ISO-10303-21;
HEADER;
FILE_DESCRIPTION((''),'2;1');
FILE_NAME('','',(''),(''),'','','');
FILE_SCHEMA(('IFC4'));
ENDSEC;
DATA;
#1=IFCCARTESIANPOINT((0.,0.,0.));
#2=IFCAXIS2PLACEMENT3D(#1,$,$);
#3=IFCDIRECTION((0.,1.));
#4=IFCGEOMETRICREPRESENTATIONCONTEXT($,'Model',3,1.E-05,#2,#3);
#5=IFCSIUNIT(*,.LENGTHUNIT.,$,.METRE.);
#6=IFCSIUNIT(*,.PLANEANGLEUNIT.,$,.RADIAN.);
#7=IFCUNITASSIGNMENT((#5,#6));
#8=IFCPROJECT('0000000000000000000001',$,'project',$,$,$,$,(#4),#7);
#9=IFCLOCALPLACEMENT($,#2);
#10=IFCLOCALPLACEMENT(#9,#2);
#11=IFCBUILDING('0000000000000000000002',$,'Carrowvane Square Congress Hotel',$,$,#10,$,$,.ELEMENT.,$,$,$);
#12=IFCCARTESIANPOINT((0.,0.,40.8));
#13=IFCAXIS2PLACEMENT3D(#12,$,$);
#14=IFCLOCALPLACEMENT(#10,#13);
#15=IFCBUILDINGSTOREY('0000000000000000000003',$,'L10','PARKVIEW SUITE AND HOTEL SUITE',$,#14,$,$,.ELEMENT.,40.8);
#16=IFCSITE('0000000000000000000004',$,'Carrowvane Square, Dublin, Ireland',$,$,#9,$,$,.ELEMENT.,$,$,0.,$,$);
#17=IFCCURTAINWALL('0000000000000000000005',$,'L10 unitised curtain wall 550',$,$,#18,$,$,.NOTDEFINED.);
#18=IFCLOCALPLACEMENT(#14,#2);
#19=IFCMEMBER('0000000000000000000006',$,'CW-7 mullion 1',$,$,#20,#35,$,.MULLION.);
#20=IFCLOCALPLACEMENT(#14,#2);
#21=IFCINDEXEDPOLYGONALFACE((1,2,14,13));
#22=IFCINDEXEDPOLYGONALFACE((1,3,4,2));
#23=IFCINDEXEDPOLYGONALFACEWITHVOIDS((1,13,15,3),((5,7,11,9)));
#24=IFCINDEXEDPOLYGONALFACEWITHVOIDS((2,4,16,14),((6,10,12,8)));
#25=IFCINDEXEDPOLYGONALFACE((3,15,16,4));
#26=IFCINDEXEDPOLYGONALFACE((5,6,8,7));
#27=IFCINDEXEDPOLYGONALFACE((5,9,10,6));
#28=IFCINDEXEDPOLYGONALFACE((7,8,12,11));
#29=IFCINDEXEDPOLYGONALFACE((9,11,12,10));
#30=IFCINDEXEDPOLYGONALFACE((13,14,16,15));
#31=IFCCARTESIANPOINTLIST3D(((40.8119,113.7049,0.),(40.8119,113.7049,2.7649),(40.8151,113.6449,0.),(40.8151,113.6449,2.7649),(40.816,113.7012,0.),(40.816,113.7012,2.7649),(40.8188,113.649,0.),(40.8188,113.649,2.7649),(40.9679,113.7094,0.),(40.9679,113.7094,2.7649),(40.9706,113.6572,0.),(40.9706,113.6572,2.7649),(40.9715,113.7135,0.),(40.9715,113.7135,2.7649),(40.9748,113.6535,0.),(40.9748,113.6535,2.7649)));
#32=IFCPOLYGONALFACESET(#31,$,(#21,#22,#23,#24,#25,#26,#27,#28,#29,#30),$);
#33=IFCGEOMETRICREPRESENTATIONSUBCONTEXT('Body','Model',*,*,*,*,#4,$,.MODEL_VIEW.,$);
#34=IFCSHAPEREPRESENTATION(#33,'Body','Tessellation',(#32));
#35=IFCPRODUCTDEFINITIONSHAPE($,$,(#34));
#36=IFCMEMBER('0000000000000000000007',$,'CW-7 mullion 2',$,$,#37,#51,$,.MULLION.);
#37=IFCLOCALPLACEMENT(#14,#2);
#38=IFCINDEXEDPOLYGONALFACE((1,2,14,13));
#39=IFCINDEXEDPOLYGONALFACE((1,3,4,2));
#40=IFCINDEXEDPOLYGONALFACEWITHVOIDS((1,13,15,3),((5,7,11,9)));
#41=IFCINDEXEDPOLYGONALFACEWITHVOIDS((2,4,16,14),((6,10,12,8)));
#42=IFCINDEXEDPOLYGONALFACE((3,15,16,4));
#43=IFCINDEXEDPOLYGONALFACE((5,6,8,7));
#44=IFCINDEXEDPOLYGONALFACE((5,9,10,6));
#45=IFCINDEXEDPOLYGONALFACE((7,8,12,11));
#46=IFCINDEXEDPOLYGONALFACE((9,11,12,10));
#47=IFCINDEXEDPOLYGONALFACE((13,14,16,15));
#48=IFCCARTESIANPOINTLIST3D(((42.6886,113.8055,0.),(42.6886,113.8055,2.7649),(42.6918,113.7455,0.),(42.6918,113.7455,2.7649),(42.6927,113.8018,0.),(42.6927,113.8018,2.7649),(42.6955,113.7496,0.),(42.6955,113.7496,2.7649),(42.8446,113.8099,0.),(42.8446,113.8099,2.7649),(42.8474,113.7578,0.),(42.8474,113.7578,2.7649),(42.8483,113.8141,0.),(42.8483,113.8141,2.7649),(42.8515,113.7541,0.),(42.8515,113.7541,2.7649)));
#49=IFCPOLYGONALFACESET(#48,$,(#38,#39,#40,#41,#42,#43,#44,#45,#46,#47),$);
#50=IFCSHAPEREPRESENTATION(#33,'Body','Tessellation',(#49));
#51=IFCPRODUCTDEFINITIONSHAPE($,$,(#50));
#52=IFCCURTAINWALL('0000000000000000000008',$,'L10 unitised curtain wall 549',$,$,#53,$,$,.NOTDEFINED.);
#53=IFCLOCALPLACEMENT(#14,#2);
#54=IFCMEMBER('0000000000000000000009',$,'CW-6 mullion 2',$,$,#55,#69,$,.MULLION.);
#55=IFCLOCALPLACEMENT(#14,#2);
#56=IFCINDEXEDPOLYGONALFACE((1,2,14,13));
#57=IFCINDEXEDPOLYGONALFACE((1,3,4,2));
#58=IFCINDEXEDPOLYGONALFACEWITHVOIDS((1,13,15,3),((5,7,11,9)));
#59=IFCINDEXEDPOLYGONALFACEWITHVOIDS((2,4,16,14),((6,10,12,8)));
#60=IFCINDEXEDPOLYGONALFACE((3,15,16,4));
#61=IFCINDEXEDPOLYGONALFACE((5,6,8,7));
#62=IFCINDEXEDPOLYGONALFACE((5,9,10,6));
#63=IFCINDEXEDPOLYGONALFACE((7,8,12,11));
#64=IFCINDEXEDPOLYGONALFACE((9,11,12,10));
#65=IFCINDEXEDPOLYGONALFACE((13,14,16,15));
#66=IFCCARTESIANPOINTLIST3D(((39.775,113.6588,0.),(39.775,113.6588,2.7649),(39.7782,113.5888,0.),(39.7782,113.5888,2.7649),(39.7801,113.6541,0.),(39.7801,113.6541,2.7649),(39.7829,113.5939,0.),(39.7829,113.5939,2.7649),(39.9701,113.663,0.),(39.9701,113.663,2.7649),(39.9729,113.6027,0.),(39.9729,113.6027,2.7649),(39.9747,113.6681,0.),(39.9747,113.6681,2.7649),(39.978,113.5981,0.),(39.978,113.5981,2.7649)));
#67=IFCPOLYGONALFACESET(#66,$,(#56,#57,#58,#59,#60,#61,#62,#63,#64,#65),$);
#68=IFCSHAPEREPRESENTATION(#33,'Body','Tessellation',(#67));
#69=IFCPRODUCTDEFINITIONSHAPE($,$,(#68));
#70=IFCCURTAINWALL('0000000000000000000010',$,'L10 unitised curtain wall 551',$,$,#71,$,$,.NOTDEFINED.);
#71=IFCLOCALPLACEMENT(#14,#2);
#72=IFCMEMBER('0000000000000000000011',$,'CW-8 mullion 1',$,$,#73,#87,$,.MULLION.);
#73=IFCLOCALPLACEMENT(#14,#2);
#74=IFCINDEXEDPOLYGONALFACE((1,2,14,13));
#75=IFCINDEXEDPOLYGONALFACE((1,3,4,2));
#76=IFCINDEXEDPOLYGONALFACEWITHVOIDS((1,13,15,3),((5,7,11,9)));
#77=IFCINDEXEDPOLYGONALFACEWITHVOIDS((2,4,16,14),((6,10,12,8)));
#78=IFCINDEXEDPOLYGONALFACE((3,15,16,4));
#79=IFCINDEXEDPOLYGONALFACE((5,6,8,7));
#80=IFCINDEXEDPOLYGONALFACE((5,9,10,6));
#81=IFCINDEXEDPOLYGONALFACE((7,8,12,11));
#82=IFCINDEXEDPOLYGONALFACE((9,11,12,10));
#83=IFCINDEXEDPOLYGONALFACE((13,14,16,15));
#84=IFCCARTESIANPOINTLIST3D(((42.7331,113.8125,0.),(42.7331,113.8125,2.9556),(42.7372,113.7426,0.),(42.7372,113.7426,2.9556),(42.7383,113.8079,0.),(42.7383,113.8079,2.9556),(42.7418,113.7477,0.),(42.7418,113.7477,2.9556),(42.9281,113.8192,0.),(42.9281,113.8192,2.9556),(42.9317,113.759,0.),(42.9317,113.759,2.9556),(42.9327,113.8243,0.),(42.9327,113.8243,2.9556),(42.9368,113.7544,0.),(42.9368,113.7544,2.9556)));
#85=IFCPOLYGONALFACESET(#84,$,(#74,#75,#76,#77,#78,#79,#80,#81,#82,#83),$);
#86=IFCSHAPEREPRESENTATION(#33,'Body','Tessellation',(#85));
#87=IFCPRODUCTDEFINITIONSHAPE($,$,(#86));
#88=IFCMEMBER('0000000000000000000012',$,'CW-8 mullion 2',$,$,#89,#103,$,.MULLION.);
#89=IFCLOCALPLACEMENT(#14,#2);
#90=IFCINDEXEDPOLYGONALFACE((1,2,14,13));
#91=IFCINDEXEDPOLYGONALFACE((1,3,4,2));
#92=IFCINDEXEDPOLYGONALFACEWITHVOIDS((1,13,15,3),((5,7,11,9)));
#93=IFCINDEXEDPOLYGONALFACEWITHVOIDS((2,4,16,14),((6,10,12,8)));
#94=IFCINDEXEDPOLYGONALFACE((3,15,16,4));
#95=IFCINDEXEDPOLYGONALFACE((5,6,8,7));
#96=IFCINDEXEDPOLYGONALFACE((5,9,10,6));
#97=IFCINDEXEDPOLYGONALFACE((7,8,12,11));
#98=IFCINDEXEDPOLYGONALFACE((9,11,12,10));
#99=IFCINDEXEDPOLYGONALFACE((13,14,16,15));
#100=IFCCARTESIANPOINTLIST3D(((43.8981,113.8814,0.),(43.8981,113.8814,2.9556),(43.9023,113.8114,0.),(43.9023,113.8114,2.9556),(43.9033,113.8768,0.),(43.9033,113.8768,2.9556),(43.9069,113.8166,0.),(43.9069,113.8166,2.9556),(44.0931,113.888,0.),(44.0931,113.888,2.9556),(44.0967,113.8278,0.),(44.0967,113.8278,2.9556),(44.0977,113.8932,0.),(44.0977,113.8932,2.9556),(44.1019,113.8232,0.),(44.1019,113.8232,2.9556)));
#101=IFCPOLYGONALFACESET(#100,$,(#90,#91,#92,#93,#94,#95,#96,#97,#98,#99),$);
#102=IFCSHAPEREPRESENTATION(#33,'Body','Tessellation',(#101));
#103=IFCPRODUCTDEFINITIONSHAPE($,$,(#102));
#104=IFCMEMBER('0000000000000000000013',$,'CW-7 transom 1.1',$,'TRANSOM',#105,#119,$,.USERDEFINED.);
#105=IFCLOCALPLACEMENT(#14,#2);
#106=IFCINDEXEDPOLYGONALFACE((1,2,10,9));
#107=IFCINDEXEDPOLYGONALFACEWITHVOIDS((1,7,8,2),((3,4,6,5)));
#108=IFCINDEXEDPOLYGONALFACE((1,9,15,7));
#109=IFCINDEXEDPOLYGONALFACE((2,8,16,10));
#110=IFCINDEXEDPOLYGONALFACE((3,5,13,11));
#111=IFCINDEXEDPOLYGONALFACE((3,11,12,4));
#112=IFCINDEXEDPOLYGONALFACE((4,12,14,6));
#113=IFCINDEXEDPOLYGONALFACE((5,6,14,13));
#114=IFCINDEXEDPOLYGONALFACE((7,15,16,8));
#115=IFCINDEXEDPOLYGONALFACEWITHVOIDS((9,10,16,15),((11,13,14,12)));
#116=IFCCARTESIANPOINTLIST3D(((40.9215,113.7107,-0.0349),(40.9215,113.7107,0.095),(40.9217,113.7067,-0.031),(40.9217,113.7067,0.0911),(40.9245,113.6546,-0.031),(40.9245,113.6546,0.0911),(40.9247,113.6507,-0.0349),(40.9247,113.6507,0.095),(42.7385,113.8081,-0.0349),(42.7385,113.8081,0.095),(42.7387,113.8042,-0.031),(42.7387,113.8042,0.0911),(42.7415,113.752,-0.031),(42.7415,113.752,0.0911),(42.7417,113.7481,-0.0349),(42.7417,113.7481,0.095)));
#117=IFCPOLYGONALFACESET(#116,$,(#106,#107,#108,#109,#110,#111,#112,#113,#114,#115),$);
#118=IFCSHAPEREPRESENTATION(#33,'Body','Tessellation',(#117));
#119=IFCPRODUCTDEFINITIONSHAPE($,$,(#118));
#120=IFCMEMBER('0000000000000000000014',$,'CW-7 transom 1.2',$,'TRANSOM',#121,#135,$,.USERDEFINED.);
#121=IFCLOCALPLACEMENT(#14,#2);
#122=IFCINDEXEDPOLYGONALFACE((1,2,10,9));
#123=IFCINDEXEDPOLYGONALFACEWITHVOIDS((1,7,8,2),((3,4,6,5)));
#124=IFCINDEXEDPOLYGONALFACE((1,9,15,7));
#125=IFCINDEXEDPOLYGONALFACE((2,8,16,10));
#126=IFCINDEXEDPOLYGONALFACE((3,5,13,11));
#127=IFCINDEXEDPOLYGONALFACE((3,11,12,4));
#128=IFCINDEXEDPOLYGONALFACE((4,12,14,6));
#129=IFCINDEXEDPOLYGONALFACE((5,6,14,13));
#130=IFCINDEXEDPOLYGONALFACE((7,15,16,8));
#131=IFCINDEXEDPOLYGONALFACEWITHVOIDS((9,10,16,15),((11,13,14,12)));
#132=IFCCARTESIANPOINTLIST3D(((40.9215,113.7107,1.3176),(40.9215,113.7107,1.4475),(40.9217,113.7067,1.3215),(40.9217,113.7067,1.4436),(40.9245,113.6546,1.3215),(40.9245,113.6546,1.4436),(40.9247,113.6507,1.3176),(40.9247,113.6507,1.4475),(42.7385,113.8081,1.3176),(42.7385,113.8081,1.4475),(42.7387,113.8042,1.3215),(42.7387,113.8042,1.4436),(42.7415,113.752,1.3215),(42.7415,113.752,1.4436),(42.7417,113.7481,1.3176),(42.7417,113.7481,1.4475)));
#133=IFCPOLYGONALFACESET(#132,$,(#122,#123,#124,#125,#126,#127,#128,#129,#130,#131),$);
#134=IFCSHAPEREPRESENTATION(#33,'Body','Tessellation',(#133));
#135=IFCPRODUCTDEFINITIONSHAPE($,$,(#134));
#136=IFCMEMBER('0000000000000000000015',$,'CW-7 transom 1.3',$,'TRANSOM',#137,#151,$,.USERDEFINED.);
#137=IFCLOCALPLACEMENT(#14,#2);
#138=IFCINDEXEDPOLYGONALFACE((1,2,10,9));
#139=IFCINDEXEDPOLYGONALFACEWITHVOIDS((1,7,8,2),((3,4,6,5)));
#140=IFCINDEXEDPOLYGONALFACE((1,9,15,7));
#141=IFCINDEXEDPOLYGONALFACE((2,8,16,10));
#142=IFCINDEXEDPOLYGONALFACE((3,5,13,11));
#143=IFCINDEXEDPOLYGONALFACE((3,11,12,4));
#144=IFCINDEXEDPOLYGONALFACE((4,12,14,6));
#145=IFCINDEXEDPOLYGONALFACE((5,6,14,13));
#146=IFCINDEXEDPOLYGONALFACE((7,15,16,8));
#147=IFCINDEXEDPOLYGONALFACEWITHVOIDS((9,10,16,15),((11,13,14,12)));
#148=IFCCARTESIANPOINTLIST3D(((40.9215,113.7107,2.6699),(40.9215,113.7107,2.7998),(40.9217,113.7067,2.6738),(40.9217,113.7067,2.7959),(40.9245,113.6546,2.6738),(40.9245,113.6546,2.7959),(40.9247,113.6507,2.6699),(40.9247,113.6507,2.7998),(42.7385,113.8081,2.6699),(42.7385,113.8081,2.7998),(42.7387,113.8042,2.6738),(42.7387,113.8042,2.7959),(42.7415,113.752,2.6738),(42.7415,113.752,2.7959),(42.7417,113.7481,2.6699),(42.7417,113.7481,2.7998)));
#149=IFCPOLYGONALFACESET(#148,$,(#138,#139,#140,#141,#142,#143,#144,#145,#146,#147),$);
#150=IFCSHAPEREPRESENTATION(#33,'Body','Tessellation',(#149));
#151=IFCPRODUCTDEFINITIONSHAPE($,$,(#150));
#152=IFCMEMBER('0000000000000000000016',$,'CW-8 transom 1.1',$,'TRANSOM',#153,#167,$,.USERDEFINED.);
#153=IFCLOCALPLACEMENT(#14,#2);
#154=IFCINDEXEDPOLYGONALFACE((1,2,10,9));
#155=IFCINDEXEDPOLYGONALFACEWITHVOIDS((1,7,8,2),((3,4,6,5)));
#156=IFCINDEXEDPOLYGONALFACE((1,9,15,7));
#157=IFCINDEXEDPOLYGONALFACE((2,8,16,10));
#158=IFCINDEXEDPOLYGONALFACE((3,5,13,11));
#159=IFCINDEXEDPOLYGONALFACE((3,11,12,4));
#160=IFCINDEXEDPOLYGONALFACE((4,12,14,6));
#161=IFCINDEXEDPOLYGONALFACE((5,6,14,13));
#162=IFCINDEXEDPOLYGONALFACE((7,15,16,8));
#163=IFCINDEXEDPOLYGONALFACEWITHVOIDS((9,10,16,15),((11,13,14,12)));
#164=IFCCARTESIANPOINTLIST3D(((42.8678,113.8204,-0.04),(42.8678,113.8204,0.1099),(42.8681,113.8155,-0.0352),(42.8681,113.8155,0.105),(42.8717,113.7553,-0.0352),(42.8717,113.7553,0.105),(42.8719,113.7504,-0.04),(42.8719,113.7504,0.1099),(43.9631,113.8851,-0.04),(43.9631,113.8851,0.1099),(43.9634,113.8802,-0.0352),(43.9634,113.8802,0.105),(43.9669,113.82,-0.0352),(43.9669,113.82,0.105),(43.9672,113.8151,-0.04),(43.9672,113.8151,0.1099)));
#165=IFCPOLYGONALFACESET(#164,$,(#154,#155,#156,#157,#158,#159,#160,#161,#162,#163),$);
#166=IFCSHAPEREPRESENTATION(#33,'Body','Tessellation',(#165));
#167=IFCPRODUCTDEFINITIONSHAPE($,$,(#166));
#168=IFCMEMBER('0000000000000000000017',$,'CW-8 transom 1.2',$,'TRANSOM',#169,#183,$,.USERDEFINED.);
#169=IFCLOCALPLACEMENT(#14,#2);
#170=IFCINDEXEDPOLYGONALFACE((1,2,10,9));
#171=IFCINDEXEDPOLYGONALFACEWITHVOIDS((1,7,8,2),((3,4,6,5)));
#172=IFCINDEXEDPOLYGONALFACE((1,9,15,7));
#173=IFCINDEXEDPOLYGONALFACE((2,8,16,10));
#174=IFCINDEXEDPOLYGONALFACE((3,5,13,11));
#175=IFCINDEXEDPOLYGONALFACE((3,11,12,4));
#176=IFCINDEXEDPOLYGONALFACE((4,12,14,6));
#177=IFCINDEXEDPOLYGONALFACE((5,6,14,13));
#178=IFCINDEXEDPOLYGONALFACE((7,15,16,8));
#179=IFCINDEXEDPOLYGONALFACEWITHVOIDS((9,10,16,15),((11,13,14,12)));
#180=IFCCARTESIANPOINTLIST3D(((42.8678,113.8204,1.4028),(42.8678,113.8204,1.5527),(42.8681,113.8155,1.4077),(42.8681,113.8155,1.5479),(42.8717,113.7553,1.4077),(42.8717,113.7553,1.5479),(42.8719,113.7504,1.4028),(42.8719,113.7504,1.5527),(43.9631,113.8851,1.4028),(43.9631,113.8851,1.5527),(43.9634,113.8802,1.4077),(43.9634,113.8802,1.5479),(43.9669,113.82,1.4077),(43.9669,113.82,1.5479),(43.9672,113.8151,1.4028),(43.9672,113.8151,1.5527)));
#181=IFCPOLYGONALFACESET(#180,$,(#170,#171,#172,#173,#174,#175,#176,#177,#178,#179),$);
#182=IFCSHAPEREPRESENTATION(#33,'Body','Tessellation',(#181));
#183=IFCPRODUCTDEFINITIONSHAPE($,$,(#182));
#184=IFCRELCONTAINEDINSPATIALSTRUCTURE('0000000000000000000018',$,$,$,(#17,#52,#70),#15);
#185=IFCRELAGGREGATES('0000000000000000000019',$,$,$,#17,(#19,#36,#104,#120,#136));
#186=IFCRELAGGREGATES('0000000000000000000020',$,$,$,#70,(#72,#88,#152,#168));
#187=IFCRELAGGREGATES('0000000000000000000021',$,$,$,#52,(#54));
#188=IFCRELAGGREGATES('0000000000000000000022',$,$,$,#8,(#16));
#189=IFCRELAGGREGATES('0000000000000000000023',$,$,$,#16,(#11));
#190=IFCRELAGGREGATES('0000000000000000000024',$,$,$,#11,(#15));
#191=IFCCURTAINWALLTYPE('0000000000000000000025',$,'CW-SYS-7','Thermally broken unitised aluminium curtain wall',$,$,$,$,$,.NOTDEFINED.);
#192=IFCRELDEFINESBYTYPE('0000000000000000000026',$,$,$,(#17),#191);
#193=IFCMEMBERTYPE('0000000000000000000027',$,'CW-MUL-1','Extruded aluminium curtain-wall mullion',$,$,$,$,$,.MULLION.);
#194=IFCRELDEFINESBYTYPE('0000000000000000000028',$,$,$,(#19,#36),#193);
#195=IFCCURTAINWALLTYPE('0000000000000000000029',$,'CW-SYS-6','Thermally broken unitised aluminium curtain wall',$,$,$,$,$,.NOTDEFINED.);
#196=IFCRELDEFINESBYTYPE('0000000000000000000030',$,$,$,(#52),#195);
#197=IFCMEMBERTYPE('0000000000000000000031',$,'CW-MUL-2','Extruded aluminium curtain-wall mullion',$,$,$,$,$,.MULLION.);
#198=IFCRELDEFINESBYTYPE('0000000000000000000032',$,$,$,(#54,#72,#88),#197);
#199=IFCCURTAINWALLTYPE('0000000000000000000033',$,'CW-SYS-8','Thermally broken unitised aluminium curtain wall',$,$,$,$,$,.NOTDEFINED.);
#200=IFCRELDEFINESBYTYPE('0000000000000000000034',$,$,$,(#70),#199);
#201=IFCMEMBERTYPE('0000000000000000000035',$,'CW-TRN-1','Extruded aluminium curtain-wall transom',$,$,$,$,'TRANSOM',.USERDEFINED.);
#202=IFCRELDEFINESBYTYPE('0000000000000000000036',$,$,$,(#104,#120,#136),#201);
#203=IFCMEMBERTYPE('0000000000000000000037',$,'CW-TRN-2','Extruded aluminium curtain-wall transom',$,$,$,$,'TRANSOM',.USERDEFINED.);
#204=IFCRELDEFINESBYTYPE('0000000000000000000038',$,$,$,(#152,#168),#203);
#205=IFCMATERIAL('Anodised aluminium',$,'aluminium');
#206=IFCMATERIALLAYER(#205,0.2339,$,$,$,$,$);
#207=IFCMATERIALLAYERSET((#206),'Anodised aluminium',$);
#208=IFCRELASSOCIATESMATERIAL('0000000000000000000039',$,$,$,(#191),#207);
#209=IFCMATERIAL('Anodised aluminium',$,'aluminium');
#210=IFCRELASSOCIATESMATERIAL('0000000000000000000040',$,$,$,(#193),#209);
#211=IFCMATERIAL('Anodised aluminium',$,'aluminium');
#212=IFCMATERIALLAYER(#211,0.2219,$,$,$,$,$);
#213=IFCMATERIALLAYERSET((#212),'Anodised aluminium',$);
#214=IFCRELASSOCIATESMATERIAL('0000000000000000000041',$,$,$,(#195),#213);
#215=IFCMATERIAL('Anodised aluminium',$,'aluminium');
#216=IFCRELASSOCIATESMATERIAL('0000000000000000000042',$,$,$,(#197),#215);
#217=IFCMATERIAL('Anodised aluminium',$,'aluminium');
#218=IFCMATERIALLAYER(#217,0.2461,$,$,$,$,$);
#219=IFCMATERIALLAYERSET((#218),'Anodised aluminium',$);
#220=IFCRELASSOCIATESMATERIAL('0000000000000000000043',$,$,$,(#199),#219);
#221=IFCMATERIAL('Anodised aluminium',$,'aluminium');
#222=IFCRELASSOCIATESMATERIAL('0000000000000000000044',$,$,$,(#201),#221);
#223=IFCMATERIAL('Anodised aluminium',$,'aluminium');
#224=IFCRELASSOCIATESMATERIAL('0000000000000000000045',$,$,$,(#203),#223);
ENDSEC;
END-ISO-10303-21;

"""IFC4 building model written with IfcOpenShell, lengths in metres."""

from ifc_helpers import new_model, si_unit, direction, frame, origin, origin_2d, place, context, subcontext, project, spatial, hollow_rectangle, extrude, material, layer, layer_set, material_profile, profile_set, type_object, element, aggregate, save


model = new_model("IFC4")

# Units and contexts
model_context = context("Model", 3, precision=1e-05, world=origin(), true_north=direction((0.0, 1.0)))
body_context = subcontext(model_context, "Body", "Model", "MODEL_VIEW")
ifc_project = project(units=[si_unit("LENGTHUNIT", "METRE"), si_unit("PLANEANGLEUNIT", "RADIAN")], contexts=[model_context])

# Site, building, storey
site_placement = place(None, origin())
site = spatial("IfcSite", under=ifc_project, at=site_placement, Name="Carrowvane Square, Dublin, Ireland", CompositionType="ELEMENT", RefElevation=0.0)
building_placement = place(site_placement, origin())
building = spatial("IfcBuilding", under=site, at=building_placement, Name="Carrowvane Square Congress Hotel", CompositionType="ELEMENT")
storey_placement = place(building_placement, frame((0.0, 0.0, 40.8)))
storey = spatial("IfcBuildingStorey", under=building, at=storey_placement, Name="L10", Description="PARKVIEW SUITE AND HOTEL SUITE", CompositionType="ELEMENT", Elevation=40.8)

# Curtain wall, members
ifc_material_1 = material(Name="Anodised aluminium", Category="aluminium")
ifc_layer_1 = layer(ifc_material_1, 0.2339)
ifc_layer_set_1 = layer_set([ifc_layer_1], Name="Anodised aluminium")
curtain_wall_type_1 = type_object("IfcCurtainWallType", Name="CW-SYS-7", Description="Thermally broken unitised aluminium curtain wall", PredefinedType="NOTDEFINED", material=ifc_layer_set_1)
curtain_wall_1_placement = place(storey_placement, origin())
curtain_wall_1 = element("IfcCurtainWall", 1, at=curtain_wall_1_placement, inside=storey, type_object=curtain_wall_type_1, Name="L10 unitised curtain wall 550", PredefinedType="NOTDEFINED")
ifc_material_2 = material(Name="Anodised aluminium", Category="aluminium")
ifc_material_profile_1 = material_profile(ifc_material_2, hollow_rectangle(XDim=0.0601, YDim=0.1599, WallThickness=0.0039, at=origin_2d()), Name="CW-ML 60x160x4")
ifc_profile_set_1 = profile_set([ifc_material_profile_1], Name="Anodised aluminium")
member_type_1 = type_object("IfcMemberType", Name="CW-MUL-1", Description="Extruded aluminium curtain-wall mullion", PredefinedType="MULLION", material=ifc_profile_set_1)
member_1_placement = place(storey_placement, frame((40.8933, 113.6792, 0.0), z_axis=(0.0, 0.0, 1.0), x_axis=(-0.053514, 0.998567, 0.0)))
member_1 = element("IfcMember", 2, at=member_1_placement, type_object=member_type_1, Name="CW-7 mullion 1", PredefinedType="MULLION", context=body_context, shape_type="SweptSolid", body=[
    extrude(hollow_rectangle(XDim=0.0601, YDim=0.1599, WallThickness=0.0039, at=origin_2d()), origin(), (0.0, 0.0, 1.0), 2.7649),
])
member_2_placement = place(storey_placement, frame((42.77, 113.7798, 0.0), z_axis=(0.0, 0.0, 1.0), x_axis=(-0.053514, 0.998567, 0.0)))
member_2 = element("IfcMember", 3, at=member_2_placement, type_object=member_type_1, Name="CW-7 mullion 2", PredefinedType="MULLION", context=body_context, shape_type="SweptSolid", body=[
    extrude(hollow_rectangle(XDim=0.0601, YDim=0.1599, WallThickness=0.0039, at=origin_2d()), origin(), (0.0, 0.0, 1.0), 2.7649),
])

# Curtain wall, member
ifc_material_3 = material(Name="Anodised aluminium", Category="aluminium")
ifc_layer_2 = layer(ifc_material_3, 0.2219)
ifc_layer_set_2 = layer_set([ifc_layer_2], Name="Anodised aluminium")
curtain_wall_type_2 = type_object("IfcCurtainWallType", Name="CW-SYS-6", Description="Thermally broken unitised aluminium curtain wall", PredefinedType="NOTDEFINED", material=ifc_layer_set_2)
curtain_wall_2_placement = place(storey_placement, origin())
curtain_wall_2 = element("IfcCurtainWall", 4, at=curtain_wall_2_placement, inside=storey, type_object=curtain_wall_type_2, Name="L10 unitised curtain wall 549", PredefinedType="NOTDEFINED")
ifc_material_4 = material(Name="Anodised aluminium", Category="aluminium")
ifc_material_profile_2 = material_profile(ifc_material_4, hollow_rectangle(XDim=0.0701, YDim=0.2, WallThickness=0.0049, at=origin_2d()), Name="CW-ML 70x200x5")
ifc_profile_set_2 = profile_set([ifc_material_profile_2], Name="Anodised aluminium")
member_type_2 = type_object("IfcMemberType", Name="CW-MUL-2", Description="Extruded aluminium curtain-wall mullion", PredefinedType="MULLION", material=ifc_profile_set_2)
member_3_placement = place(storey_placement, frame((39.8765, 113.6284, 0.0), z_axis=(0.0, 0.0, 1.0), x_axis=(-0.046522, 0.998917, 0.0)))
member_3 = element("IfcMember", 5, at=member_3_placement, type_object=member_type_2, Name="CW-6 mullion 2", PredefinedType="MULLION", context=body_context, shape_type="SweptSolid", body=[
    extrude(hollow_rectangle(XDim=0.0701, YDim=0.2, WallThickness=0.0049, at=origin_2d()), origin(), (0.0, 0.0, 1.0), 2.7649),
])

# Curtain wall, members
ifc_material_5 = material(Name="Anodised aluminium", Category="aluminium")
ifc_layer_3 = layer(ifc_material_5, 0.2461)
ifc_layer_set_3 = layer_set([ifc_layer_3], Name="Anodised aluminium")
curtain_wall_type_3 = type_object("IfcCurtainWallType", Name="CW-SYS-8", Description="Thermally broken unitised aluminium curtain wall", PredefinedType="NOTDEFINED", material=ifc_layer_set_3)
curtain_wall_3_placement = place(storey_placement, origin())
curtain_wall_3 = element("IfcCurtainWall", 6, at=curtain_wall_3_placement, inside=storey, type_object=curtain_wall_type_3, Name="L10 unitised curtain wall 551", PredefinedType="NOTDEFINED")
member_4_placement = place(storey_placement, frame((42.835, 113.7834, 0.0), z_axis=(0.0, 0.0, 1.0), x_axis=(-0.058989, 0.998259, 0.0)))
member_4 = element("IfcMember", 7, at=member_4_placement, type_object=member_type_2, Name="CW-8 mullion 1", PredefinedType="MULLION", context=body_context, shape_type="SweptSolid", body=[
    extrude(hollow_rectangle(XDim=0.0701, YDim=0.2, WallThickness=0.0049, at=origin_2d()), origin(), (0.0, 0.0, 1.0), 2.9556),
])
member_5_placement = place(storey_placement, frame((44.0, 113.8523, 0.0), z_axis=(0.0, 0.0, 1.0), x_axis=(-0.058989, 0.998259, 0.0)))
member_5 = element("IfcMember", 8, at=member_5_placement, type_object=member_type_2, Name="CW-8 mullion 2", PredefinedType="MULLION", context=body_context, shape_type="SweptSolid", body=[
    extrude(hollow_rectangle(XDim=0.0701, YDim=0.2, WallThickness=0.0049, at=origin_2d()), origin(), (0.0, 0.0, 1.0), 2.9556),
])

# Members
ifc_material_6 = material(Name="Anodised aluminium", Category="aluminium")
ifc_material_profile_3 = material_profile(ifc_material_6, hollow_rectangle(XDim=0.0601, YDim=0.1299, WallThickness=0.0039, at=origin_2d()), Name="CW-TR 60x130x4")
ifc_profile_set_3 = profile_set([ifc_material_profile_3], Name="Anodised aluminium")
member_type_3 = type_object("IfcMemberType", Name="CW-TRN-1", Description="Extruded aluminium curtain-wall transom", ElementType="TRANSOM", PredefinedType="USERDEFINED", material=ifc_profile_set_3)
member_6_placement = place(storey_placement, frame((40.9231, 113.6807, 0.03), z_axis=(0.998566, 0.053538, 0.0), x_axis=(-0.053538, 0.998566, 0.0)))
member_6 = element("IfcMember", 9, at=member_6_placement, type_object=member_type_3, Name="CW-7 transom 1.1", ObjectType="TRANSOM", PredefinedType="USERDEFINED", context=body_context, shape_type="SweptSolid", body=[
    extrude(hollow_rectangle(XDim=0.0601, YDim=0.1299, WallThickness=0.0039, at=origin_2d()), origin(), (0.0, 0.0, 1.0), 1.8196),
])
member_7_placement = place(storey_placement, frame((40.9231, 113.6807, 1.3826), z_axis=(0.998566, 0.053538, 0.0), x_axis=(-0.053538, 0.998566, 0.0)))
member_7 = element("IfcMember", 10, at=member_7_placement, type_object=member_type_3, Name="CW-7 transom 1.2", ObjectType="TRANSOM", PredefinedType="USERDEFINED", context=body_context, shape_type="SweptSolid", body=[
    extrude(hollow_rectangle(XDim=0.0601, YDim=0.1299, WallThickness=0.0039, at=origin_2d()), origin(), (0.0, 0.0, 1.0), 1.8196),
])
member_8_placement = place(storey_placement, frame((40.9231, 113.6807, 2.7349), z_axis=(0.998566, 0.053538, 0.0), x_axis=(-0.053538, 0.998566, 0.0)))
member_8 = element("IfcMember", 11, at=member_8_placement, type_object=member_type_3, Name="CW-7 transom 1.3", ObjectType="TRANSOM", PredefinedType="USERDEFINED", context=body_context, shape_type="SweptSolid", body=[
    extrude(hollow_rectangle(XDim=0.0601, YDim=0.1299, WallThickness=0.0039, at=origin_2d()), origin(), (0.0, 0.0, 1.0), 1.8196),
])
ifc_material_7 = material(Name="Anodised aluminium", Category="aluminium")
ifc_material_profile_4 = material_profile(ifc_material_7, hollow_rectangle(XDim=0.0701, YDim=0.1499, WallThickness=0.0049, at=origin_2d()), Name="CW-TR 70x150x5")
ifc_profile_set_4 = profile_set([ifc_material_profile_4], Name="Anodised aluminium")
member_type_4 = type_object("IfcMemberType", Name="CW-TRN-2", Description="Extruded aluminium curtain-wall transom", ElementType="TRANSOM", PredefinedType="USERDEFINED", material=ifc_profile_set_4)
member_9_placement = place(storey_placement, frame((42.8699, 113.7854, 0.0349), z_axis=(0.99826, 0.05897, 0.0), x_axis=(-0.05897, 0.99826, 0.0)))
member_9 = element("IfcMember", 12, at=member_9_placement, type_object=member_type_4, Name="CW-8 transom 1.1", ObjectType="TRANSOM", PredefinedType="USERDEFINED", context=body_context, shape_type="SweptSolid", body=[
    extrude(hollow_rectangle(XDim=0.0701, YDim=0.1499, WallThickness=0.0049, at=origin_2d()), origin(), (0.0, 0.0, 1.0), 1.0972),
])
member_10_placement = place(storey_placement, frame((42.8699, 113.7854, 1.4778), z_axis=(0.99826, 0.05897, 0.0), x_axis=(-0.05897, 0.99826, 0.0)))
member_10 = element("IfcMember", 13, at=member_10_placement, type_object=member_type_4, Name="CW-8 transom 1.2", ObjectType="TRANSOM", PredefinedType="USERDEFINED", context=body_context, shape_type="SweptSolid", body=[
    extrude(hollow_rectangle(XDim=0.0701, YDim=0.1499, WallThickness=0.0049, at=origin_2d()), origin(), (0.0, 0.0, 1.0), 1.0972),
])

aggregate(curtain_wall_1, [member_1, member_2, member_6, member_7, member_8])
aggregate(curtain_wall_3, [member_4, member_5, member_9, member_10])
aggregate(curtain_wall_2, [member_3])

save(model, "model.ifc")
